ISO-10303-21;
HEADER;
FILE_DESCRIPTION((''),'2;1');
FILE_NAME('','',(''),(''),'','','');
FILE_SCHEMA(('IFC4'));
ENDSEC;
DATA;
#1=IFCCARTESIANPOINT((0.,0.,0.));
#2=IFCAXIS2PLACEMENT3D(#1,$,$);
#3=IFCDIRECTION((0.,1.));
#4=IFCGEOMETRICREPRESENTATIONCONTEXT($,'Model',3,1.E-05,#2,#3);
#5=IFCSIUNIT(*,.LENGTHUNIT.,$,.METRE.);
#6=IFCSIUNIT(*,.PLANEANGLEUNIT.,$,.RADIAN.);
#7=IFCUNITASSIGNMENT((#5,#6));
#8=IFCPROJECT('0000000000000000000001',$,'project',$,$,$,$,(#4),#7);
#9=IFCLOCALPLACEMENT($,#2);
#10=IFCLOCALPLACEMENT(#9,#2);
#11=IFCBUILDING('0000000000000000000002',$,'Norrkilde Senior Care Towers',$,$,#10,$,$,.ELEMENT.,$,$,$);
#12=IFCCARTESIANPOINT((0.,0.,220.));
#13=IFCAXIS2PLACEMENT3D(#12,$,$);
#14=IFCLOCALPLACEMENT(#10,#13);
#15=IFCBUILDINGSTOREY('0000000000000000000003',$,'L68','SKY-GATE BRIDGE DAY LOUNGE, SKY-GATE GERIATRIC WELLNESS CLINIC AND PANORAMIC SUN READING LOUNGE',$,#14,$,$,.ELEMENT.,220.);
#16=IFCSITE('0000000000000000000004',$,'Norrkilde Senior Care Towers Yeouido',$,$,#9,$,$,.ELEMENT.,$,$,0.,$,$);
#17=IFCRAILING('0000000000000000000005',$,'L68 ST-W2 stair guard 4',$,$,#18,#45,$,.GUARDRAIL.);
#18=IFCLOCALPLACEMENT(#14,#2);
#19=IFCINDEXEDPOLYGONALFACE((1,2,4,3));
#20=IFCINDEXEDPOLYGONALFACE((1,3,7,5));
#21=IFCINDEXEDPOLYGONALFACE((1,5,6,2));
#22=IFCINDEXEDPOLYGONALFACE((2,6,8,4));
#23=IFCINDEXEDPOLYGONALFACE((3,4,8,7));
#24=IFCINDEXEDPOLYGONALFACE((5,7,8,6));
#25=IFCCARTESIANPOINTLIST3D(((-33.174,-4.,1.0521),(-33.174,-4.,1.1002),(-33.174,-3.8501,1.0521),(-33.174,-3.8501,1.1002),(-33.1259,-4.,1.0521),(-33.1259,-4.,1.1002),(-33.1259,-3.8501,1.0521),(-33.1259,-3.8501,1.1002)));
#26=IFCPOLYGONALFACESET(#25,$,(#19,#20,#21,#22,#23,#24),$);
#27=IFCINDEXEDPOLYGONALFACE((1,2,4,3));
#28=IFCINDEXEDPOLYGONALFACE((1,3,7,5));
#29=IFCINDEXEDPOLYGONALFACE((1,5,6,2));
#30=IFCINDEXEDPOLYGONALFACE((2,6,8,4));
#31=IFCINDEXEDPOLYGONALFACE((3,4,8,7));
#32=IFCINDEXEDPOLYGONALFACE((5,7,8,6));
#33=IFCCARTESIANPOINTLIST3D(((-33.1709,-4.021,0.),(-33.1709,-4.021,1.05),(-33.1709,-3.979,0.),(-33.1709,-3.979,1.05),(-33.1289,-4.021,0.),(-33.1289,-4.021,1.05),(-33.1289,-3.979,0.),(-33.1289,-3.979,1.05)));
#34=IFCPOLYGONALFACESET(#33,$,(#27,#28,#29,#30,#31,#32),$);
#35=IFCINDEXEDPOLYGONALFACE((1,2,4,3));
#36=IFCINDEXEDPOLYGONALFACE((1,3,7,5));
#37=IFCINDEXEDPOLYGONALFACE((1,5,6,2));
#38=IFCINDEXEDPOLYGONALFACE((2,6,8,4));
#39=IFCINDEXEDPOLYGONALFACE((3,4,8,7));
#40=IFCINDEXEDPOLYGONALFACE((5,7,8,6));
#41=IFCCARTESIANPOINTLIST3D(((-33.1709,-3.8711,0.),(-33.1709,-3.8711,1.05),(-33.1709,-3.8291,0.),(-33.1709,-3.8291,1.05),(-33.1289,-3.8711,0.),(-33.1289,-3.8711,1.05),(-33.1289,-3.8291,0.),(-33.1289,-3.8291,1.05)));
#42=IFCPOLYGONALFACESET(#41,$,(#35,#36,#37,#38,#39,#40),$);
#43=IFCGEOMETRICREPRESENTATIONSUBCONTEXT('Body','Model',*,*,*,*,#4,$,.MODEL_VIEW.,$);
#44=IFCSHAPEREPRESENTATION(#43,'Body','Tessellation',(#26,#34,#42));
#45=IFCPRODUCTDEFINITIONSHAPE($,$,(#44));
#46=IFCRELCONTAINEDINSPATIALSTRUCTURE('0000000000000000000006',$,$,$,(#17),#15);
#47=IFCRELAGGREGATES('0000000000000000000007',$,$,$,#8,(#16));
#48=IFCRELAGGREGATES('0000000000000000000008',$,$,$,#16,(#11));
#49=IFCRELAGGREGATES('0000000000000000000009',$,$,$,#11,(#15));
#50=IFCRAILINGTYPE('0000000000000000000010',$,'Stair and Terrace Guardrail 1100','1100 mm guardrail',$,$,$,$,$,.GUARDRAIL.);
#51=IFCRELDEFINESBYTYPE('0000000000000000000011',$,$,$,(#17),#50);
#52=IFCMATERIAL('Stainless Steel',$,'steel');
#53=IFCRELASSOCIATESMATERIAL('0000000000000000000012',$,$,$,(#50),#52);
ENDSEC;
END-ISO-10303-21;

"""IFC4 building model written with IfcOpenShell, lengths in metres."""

from ifc_helpers import new_model, si_unit, direction, frame, origin, origin_2d, place, context, subcontext, project, spatial, rectangle, extrude, material, type_object, element, save


model = new_model("IFC4")

# Units and contexts
model_context = context("Model", 3, precision=1e-05, world=origin(), true_north=direction((0.0, 1.0)))
body_context = subcontext(model_context, "Body", "Model", "MODEL_VIEW")
ifc_project = project(units=[si_unit("LENGTHUNIT", "METRE"), si_unit("PLANEANGLEUNIT", "RADIAN")], contexts=[model_context])

# Site, building, storey
site_placement = place(None, origin())
site = spatial("IfcSite", under=ifc_project, at=site_placement, Name="Norrkilde Senior Care Towers Yeouido", CompositionType="ELEMENT", RefElevation=0.0)
building_placement = place(site_placement, origin())
building = spatial("IfcBuilding", under=site, at=building_placement, Name="Norrkilde Senior Care Towers", CompositionType="ELEMENT")
storey_placement = place(building_placement, frame((0.0, 0.0, 220.0)))
storey = spatial("IfcBuildingStorey", under=building, at=storey_placement, Name="L68", Description="SKY-GATE BRIDGE DAY LOUNGE, SKY-GATE GERIATRIC WELLNESS CLINIC AND PANORAMIC SUN READING LOUNGE", CompositionType="ELEMENT", Elevation=220.0)

# Railing
ifc_material_1 = material(Name="Stainless Steel", Category="steel")
railing_type = type_object("IfcRailingType", Name="Stair and Terrace Guardrail 1100", Description="1100 mm guardrail", PredefinedType="GUARDRAIL", material=ifc_material_1)
railing_placement = place(storey_placement, frame((-33.1499, -4.0, 0.0)))
element("IfcRailing", 1, at=railing_placement, inside=storey, type_object=railing_type, Name="L68 ST-W2 stair guard 4", PredefinedType="GUARDRAIL", context=body_context, shape_type="SweptSolid", body=[
    extrude(rectangle(XDim=0.0481, YDim=0.0481, at=origin_2d()), frame((0.0, 0.0, 1.0762), z_axis=(0.0, 1.0, 0.0), x_axis=(-1.0, 0.0, 0.0)), (0.0, 0.0, 1.0), 0.1499),
    extrude(rectangle(XDim=0.042, YDim=0.042, at=origin_2d()), origin(), (0.0, 0.0, 1.0), 1.05),
    extrude(rectangle(XDim=0.042, YDim=0.042, at=origin_2d()), frame((0.0, 0.1499, 0.0)), (0.0, 0.0, 1.0), 1.05),
])

save(model, "model.ifc")
